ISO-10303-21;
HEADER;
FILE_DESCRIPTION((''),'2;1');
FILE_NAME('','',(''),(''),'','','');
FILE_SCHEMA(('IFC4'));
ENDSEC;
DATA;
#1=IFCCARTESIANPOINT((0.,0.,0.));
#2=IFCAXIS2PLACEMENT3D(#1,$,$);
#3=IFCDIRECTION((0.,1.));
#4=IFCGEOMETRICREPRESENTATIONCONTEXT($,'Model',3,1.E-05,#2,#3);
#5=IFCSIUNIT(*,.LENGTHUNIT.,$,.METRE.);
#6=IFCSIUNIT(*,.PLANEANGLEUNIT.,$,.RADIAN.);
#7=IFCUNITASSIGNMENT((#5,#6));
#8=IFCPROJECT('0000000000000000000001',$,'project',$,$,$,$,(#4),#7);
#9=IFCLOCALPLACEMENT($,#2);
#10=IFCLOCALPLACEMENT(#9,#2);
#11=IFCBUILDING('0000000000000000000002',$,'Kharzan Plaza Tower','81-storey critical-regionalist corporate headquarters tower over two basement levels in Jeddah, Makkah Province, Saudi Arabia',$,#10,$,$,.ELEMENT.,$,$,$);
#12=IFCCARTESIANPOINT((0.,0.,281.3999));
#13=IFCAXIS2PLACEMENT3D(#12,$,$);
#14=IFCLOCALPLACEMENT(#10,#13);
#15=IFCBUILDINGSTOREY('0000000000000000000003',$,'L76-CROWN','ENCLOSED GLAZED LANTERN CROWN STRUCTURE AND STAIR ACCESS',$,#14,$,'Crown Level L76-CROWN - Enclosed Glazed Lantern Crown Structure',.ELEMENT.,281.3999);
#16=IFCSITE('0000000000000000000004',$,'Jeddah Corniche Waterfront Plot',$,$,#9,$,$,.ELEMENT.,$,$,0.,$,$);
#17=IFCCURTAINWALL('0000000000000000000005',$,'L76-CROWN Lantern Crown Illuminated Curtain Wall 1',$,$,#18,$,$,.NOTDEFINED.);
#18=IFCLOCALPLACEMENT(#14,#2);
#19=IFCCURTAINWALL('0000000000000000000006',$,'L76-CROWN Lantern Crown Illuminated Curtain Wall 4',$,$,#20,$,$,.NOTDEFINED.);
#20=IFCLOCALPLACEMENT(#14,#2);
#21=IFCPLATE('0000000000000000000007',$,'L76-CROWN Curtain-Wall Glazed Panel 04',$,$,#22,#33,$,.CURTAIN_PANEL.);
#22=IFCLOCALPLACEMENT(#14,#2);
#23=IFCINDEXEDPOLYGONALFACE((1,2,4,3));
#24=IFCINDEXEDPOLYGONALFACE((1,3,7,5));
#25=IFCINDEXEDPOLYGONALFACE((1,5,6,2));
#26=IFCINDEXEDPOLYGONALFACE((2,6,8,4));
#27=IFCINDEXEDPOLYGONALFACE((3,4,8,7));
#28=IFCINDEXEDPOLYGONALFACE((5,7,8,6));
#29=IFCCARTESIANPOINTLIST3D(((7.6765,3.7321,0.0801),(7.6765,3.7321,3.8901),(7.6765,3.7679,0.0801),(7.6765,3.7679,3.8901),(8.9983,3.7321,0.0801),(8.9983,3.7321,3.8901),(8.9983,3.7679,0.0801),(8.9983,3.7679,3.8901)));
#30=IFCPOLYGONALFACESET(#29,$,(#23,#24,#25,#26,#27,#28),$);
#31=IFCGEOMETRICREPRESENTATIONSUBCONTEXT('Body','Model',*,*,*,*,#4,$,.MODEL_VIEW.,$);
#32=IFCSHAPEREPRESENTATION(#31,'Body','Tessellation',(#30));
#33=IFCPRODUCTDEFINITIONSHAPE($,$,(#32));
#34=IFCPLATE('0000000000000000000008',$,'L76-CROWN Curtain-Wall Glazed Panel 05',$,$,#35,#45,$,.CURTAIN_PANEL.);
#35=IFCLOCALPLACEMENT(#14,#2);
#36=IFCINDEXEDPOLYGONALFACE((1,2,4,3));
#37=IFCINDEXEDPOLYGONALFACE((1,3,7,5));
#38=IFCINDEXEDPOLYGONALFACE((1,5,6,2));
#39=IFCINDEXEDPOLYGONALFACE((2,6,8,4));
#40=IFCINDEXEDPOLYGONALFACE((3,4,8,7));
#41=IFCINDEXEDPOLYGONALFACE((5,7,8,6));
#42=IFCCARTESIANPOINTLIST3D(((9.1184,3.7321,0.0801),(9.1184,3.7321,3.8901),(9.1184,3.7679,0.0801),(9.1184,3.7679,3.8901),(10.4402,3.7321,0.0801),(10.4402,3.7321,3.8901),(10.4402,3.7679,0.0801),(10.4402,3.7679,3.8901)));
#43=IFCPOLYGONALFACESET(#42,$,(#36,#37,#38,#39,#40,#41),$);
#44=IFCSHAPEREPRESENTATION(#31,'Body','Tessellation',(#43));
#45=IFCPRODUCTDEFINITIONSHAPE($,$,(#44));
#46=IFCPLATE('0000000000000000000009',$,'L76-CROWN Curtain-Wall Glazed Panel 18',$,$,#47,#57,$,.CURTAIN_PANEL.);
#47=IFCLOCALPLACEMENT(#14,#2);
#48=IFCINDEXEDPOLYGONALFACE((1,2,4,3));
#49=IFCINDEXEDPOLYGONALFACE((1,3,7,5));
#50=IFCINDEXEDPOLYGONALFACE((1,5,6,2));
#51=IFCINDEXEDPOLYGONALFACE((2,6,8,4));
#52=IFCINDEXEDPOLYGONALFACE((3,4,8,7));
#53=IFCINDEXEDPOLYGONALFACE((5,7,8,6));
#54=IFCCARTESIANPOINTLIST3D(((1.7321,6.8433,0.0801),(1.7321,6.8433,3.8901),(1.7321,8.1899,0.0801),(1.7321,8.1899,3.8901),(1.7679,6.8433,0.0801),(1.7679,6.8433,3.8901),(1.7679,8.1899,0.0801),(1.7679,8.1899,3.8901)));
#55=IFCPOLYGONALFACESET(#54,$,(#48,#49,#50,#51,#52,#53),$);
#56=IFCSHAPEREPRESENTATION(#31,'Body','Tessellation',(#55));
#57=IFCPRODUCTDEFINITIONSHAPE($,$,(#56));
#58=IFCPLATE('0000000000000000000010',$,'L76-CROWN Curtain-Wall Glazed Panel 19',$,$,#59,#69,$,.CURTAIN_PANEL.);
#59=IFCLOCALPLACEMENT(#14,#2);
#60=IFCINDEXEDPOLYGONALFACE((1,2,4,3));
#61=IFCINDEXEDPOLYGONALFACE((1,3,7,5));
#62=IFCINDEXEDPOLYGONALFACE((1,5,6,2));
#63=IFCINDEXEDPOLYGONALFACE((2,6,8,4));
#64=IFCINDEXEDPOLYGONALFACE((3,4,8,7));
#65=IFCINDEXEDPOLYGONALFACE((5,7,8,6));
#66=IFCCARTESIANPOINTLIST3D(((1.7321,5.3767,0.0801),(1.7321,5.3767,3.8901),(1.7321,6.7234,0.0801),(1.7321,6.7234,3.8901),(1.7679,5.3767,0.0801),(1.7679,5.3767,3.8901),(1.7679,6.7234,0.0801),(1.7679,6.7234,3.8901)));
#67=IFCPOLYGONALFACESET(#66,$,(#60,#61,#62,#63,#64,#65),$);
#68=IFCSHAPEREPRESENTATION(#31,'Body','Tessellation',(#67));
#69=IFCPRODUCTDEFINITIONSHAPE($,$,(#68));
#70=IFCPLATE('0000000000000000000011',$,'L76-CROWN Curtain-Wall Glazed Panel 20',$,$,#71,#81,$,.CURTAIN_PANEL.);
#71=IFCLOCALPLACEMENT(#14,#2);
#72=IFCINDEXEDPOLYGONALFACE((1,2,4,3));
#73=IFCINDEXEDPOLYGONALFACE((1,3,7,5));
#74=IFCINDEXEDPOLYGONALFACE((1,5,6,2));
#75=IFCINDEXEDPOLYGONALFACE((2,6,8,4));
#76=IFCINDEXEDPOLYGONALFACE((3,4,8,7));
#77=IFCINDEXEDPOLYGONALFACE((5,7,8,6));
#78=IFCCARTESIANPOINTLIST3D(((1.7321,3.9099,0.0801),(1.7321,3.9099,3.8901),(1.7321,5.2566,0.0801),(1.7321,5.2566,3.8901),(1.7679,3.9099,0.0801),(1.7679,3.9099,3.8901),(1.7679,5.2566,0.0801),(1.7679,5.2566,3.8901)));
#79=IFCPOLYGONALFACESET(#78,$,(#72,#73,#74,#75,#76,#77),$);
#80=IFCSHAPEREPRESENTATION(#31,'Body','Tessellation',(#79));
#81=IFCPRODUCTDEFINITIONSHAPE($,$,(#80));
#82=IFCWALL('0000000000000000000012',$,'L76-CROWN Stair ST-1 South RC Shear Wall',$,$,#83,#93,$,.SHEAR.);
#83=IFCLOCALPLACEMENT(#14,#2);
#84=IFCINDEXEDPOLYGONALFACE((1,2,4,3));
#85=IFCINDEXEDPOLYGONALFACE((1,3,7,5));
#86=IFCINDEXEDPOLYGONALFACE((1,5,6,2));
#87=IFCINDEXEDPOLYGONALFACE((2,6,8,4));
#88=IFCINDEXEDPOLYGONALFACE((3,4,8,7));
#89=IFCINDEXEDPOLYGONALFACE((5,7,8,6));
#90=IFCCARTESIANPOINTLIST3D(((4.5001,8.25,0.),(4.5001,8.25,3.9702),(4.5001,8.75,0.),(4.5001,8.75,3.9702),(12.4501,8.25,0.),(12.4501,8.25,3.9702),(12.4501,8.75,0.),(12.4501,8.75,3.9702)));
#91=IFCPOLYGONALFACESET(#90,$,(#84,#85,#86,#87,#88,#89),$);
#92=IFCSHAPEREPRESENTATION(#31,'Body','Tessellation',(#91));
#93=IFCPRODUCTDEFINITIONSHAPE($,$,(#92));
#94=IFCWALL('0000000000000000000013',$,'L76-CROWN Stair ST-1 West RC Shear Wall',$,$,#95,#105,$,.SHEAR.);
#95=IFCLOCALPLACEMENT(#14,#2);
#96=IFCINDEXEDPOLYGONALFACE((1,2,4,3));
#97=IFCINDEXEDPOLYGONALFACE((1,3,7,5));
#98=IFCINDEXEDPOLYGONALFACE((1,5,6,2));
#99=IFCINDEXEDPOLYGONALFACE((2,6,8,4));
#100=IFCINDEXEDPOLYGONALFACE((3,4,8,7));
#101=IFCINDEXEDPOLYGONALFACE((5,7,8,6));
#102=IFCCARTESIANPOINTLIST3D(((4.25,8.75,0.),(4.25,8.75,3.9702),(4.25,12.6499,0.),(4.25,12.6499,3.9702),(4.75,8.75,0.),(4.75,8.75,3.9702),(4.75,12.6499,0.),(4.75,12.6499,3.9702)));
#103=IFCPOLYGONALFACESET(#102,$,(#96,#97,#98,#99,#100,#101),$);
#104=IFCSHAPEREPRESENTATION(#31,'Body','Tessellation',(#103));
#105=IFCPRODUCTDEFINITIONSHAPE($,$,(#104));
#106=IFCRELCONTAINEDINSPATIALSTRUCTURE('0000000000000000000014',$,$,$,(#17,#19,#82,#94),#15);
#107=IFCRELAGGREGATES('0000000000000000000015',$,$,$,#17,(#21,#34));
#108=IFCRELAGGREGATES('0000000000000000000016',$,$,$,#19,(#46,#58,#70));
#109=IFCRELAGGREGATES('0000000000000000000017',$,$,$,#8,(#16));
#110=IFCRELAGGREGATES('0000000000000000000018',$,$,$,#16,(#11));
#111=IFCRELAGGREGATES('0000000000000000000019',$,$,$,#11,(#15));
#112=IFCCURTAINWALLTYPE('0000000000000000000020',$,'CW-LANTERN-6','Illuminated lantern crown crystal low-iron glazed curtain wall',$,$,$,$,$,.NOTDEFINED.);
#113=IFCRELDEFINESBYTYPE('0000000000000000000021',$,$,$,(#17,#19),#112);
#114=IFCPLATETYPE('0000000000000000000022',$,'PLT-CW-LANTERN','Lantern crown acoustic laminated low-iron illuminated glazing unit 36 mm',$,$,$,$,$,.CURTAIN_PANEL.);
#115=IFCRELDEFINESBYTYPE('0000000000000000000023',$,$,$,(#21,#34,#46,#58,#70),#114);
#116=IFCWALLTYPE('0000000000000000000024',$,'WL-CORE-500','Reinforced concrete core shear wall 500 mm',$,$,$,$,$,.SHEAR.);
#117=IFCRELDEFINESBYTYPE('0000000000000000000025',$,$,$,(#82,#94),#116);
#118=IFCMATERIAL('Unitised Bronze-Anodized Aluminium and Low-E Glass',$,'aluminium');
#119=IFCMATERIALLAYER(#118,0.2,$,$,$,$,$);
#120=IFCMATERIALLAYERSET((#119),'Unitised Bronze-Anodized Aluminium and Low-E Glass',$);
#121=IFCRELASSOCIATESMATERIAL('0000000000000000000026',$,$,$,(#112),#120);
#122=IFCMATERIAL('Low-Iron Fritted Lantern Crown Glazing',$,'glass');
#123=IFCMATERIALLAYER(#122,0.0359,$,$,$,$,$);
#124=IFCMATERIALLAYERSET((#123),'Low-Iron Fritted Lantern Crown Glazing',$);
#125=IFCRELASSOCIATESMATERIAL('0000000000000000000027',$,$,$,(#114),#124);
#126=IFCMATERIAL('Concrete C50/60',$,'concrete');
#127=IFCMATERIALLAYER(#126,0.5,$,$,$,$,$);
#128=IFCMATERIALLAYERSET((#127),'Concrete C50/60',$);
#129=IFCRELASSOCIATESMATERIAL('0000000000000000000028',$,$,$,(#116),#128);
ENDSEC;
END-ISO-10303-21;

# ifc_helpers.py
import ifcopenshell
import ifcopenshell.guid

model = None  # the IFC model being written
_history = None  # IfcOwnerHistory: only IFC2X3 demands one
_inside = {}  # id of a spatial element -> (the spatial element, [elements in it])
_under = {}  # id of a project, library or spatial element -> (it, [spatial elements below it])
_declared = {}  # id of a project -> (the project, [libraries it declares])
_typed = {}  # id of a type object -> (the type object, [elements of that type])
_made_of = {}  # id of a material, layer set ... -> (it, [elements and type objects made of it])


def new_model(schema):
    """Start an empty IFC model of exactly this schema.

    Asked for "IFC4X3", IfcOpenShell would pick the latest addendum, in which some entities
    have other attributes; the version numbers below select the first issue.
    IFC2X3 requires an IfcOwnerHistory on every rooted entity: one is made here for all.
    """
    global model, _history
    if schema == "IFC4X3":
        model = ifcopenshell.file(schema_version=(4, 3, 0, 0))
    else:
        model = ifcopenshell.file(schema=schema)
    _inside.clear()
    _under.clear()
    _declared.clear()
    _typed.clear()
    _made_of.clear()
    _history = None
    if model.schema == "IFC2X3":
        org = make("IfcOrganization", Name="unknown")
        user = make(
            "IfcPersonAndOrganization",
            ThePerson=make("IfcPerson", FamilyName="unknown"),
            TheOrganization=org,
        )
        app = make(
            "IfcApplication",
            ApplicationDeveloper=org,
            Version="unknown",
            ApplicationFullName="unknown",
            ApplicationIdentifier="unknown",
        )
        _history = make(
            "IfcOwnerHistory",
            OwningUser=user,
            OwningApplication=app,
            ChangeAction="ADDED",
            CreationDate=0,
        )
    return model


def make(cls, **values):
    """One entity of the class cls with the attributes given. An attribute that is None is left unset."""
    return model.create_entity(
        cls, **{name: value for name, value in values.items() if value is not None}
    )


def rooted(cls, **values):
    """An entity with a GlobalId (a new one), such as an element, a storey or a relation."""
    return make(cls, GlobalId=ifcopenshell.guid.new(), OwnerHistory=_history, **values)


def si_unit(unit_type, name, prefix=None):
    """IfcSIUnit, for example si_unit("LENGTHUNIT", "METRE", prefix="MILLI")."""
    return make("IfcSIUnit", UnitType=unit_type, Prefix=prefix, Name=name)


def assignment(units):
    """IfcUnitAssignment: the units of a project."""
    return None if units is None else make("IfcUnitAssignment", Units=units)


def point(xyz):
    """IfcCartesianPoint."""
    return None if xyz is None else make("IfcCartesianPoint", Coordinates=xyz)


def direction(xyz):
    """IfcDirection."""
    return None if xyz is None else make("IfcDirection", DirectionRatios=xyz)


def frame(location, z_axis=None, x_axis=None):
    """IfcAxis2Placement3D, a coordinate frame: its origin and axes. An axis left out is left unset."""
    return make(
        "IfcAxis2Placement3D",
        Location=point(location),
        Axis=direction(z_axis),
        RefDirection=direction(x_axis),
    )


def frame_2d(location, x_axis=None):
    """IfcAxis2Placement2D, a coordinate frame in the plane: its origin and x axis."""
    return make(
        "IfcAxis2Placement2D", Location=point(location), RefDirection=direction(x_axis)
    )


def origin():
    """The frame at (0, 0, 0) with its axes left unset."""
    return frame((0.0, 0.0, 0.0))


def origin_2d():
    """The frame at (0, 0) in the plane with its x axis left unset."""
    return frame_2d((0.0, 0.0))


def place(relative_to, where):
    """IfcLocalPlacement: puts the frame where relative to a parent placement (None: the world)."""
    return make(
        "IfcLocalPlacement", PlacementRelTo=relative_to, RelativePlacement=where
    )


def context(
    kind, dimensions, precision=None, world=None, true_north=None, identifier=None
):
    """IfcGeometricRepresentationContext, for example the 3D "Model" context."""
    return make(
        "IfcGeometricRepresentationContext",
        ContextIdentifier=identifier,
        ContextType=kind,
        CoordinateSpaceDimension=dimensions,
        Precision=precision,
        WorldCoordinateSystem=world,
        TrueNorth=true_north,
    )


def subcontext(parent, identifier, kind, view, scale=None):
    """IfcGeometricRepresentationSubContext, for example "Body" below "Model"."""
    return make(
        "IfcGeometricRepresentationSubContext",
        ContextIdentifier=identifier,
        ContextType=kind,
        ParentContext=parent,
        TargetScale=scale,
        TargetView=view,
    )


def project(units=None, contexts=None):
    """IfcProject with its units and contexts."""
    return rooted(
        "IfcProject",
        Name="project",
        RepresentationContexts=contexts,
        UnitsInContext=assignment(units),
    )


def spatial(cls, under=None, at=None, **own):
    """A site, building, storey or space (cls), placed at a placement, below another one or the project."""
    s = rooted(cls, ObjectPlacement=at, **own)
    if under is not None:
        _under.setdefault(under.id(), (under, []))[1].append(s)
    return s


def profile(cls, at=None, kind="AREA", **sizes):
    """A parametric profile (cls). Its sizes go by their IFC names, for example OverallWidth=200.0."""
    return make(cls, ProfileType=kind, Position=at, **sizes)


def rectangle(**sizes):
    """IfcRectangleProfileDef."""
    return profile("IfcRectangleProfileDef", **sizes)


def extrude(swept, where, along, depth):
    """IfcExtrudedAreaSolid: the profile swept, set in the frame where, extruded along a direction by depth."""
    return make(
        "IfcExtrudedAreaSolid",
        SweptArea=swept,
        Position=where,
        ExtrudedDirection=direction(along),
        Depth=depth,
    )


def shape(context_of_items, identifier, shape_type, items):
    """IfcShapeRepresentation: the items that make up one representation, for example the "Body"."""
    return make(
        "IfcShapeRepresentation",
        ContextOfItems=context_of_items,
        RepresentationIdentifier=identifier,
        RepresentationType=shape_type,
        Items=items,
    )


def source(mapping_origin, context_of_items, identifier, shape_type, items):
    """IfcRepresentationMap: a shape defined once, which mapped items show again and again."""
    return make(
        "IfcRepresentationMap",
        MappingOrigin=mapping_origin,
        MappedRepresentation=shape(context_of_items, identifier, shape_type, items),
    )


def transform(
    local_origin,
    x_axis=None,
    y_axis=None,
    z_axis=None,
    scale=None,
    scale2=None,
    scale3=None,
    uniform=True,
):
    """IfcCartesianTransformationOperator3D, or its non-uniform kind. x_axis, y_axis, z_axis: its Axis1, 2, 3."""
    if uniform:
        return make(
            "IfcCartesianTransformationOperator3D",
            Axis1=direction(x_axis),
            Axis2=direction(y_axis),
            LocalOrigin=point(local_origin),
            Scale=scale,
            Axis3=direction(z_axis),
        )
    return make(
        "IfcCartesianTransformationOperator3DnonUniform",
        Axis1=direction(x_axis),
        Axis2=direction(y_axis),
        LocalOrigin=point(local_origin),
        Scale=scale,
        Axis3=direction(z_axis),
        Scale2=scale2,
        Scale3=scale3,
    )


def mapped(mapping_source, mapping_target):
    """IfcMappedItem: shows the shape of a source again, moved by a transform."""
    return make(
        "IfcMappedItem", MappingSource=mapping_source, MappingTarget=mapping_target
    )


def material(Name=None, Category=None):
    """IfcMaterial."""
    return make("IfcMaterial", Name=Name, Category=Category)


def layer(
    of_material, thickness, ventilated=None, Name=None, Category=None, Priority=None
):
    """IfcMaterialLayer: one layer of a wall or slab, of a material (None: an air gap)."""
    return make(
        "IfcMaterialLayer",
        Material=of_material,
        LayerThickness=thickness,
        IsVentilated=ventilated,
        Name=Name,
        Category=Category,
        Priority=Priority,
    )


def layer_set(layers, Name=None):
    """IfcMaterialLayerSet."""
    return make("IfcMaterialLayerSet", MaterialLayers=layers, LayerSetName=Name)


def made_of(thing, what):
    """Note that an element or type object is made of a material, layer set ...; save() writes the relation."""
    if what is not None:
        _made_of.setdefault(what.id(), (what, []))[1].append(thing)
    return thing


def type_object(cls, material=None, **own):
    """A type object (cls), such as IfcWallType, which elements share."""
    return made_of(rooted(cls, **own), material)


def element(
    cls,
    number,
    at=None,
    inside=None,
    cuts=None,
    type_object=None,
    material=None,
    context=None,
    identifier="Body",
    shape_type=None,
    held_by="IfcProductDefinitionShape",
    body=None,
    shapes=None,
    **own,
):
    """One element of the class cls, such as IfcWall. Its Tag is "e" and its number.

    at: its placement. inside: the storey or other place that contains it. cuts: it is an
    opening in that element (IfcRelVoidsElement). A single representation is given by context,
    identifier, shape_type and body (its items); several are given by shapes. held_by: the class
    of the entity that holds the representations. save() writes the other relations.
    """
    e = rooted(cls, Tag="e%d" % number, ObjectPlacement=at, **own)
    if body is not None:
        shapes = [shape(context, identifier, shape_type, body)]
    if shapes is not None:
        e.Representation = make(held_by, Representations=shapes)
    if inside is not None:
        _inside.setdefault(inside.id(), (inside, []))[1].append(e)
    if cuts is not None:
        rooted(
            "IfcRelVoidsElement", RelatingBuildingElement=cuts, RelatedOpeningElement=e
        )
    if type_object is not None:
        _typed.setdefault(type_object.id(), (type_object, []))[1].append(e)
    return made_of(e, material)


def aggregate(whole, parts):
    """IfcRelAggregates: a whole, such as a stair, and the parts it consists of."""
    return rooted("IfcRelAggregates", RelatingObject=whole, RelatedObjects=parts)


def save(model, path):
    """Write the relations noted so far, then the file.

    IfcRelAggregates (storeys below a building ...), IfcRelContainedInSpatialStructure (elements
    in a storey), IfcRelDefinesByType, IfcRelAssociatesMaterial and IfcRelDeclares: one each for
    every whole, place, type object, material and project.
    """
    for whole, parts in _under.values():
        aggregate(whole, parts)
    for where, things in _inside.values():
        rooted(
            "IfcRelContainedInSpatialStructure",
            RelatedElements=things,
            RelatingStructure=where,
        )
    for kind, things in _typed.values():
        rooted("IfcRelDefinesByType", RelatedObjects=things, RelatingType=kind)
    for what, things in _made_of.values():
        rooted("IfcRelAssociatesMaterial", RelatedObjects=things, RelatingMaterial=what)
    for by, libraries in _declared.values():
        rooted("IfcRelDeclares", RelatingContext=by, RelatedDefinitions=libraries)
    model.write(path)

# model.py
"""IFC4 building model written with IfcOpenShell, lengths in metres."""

from ifc_helpers import new_model, si_unit, direction, frame, frame_2d, origin, origin_2d, place, context, subcontext, project, spatial, rectangle, extrude, source, transform, mapped, material, layer, layer_set, type_object, element, aggregate, save


model = new_model("IFC4")

# Units and contexts
model_context = context("Model", 3, precision=1e-05, world=origin(), true_north=direction((0.0, 1.0)))
body_context = subcontext(model_context, "Body", "Model", "MODEL_VIEW")
ifc_project = project(units=[si_unit("LENGTHUNIT", "METRE"), si_unit("PLANEANGLEUNIT", "RADIAN")], contexts=[model_context])

# Site, building, storey
site_placement = place(None, origin())
site = spatial("IfcSite", under=ifc_project, at=site_placement, Name="Jeddah Corniche Waterfront Plot", CompositionType="ELEMENT", RefElevation=0.0)
building_placement = place(site_placement, origin())
building = spatial("IfcBuilding", under=site, at=building_placement, Name="Kharzan Plaza Tower", Description="81-storey critical-regionalist corporate headquarters tower over two basement levels in Jeddah, Makkah Province, Saudi Arabia", CompositionType="ELEMENT")
storey_placement = place(building_placement, frame((0.0, 0.0, 281.3999)))
storey = spatial("IfcBuildingStorey", under=building, at=storey_placement, Name="L76-CROWN", Description="ENCLOSED GLAZED LANTERN CROWN STRUCTURE AND STAIR ACCESS", LongName="Crown Level L76-CROWN - Enclosed Glazed Lantern Crown Structure", CompositionType="ELEMENT", Elevation=281.3999)

# Curtain walls
ifc_material_1 = material(Name="Unitised Bronze-Anodized Aluminium and Low-E Glass", Category="aluminium")
ifc_layer_1 = layer(ifc_material_1, 0.2)
ifc_layer_set_1 = layer_set([ifc_layer_1], Name="Unitised Bronze-Anodized Aluminium and Low-E Glass")
curtain_wall_type = type_object("IfcCurtainWallType", Name="CW-LANTERN-6", Description="Illuminated lantern crown crystal low-iron glazed curtain wall", PredefinedType="NOTDEFINED", material=ifc_layer_set_1)
curtain_wall_1_placement = place(storey_placement, origin())
curtain_wall_1 = element("IfcCurtainWall", 1, at=curtain_wall_1_placement, inside=storey, type_object=curtain_wall_type, Name="L76-CROWN Lantern Crown Illuminated Curtain Wall 1", PredefinedType="NOTDEFINED")
curtain_wall_2_placement = place(storey_placement, origin())
curtain_wall_2 = element("IfcCurtainWall", 2, at=curtain_wall_2_placement, inside=storey, type_object=curtain_wall_type, Name="L76-CROWN Lantern Crown Illuminated Curtain Wall 4", PredefinedType="NOTDEFINED")

# Plates
ifc_material_2 = material(Name="Low-Iron Fritted Lantern Crown Glazing", Category="glass")
ifc_layer_2 = layer(ifc_material_2, 0.0359)
ifc_layer_set_2 = layer_set([ifc_layer_2], Name="Low-Iron Fritted Lantern Crown Glazing")
plate_type = type_object("IfcPlateType", Name="PLT-CW-LANTERN", Description="Lantern crown acoustic laminated low-iron illuminated glazing unit 36 mm", PredefinedType="CURTAIN_PANEL", material=ifc_layer_set_2)
shared_shape_1 = source(origin(), body_context, "Body", "SweptSolid", [
    extrude(rectangle(XDim=1.3218, YDim=0.0359, at=origin_2d()), origin(), (0.0, 0.0, 1.0), 3.8101),
])
plate_1_placement = place(storey_placement, frame((8.3374, 3.75, 0.0801), z_axis=(0.0, 0.0, 1.0), x_axis=(1.0, 0.0, 0.0)))
plate_1 = element("IfcPlate", 3, at=plate_1_placement, type_object=plate_type, Name="L76-CROWN Curtain-Wall Glazed Panel 04", PredefinedType="CURTAIN_PANEL", context=body_context, shape_type="MappedRepresentation", body=[
    mapped(shared_shape_1, transform((0.0, 0.0, 0.0), x_axis=(1.0, 0.0, 0.0), y_axis=(0.0, 1.0, 0.0), z_axis=(0.0, 0.0, 1.0))),
])
plate_2_placement = place(storey_placement, frame((9.7793, 3.75, 0.0801), z_axis=(0.0, 0.0, 1.0), x_axis=(1.0, 0.0, 0.0)))
plate_2 = element("IfcPlate", 4, at=plate_2_placement, type_object=plate_type, Name="L76-CROWN Curtain-Wall Glazed Panel 05", PredefinedType="CURTAIN_PANEL", context=body_context, shape_type="MappedRepresentation", body=[
    mapped(shared_shape_1, transform((0.0, 0.0, 0.0), x_axis=(1.0, 0.0, 0.0), y_axis=(0.0, 1.0, 0.0), z_axis=(0.0, 0.0, 1.0))),
])
aggregate(curtain_wall_1, [plate_1, plate_2])
shared_shape_2 = source(origin(), body_context, "Body", "SweptSolid", [
    extrude(rectangle(XDim=1.3467, YDim=0.0359, at=origin_2d()), origin(), (0.0, 0.0, 1.0), 3.8101),
])
plate_3_placement = place(storey_placement, frame((1.75, 7.5166, 0.0801), z_axis=(0.0, 0.0, 1.0), x_axis=(0.0, -1.0, 0.0)))
plate_3 = element("IfcPlate", 5, at=plate_3_placement, type_object=plate_type, Name="L76-CROWN Curtain-Wall Glazed Panel 18", PredefinedType="CURTAIN_PANEL", context=body_context, shape_type="MappedRepresentation", body=[
    mapped(shared_shape_2, transform((0.0, 0.0, 0.0), x_axis=(1.0, 0.0, 0.0), y_axis=(0.0, 1.0, 0.0), z_axis=(0.0, 0.0, 1.0))),
])
plate_4_placement = place(storey_placement, frame((1.75, 6.05, 0.0801), z_axis=(0.0, 0.0, 1.0), x_axis=(0.0, -1.0, 0.0)))
plate_4 = element("IfcPlate", 6, at=plate_4_placement, type_object=plate_type, Name="L76-CROWN Curtain-Wall Glazed Panel 19", PredefinedType="CURTAIN_PANEL", context=body_context, shape_type="MappedRepresentation", body=[
    mapped(shared_shape_2, transform((0.0, 0.0, 0.0), x_axis=(1.0, 0.0, 0.0), y_axis=(0.0, 1.0, 0.0), z_axis=(0.0, 0.0, 1.0))),
])
plate_5_placement = place(storey_placement, frame((1.75, 4.5833, 0.0801), z_axis=(0.0, 0.0, 1.0), x_axis=(0.0, -1.0, 0.0)))
plate_5 = element("IfcPlate", 7, at=plate_5_placement, type_object=plate_type, Name="L76-CROWN Curtain-Wall Glazed Panel 20", PredefinedType="CURTAIN_PANEL", context=body_context, shape_type="MappedRepresentation", body=[
    mapped(shared_shape_2, transform((0.0, 0.0, 0.0), x_axis=(1.0, 0.0, 0.0), y_axis=(0.0, 1.0, 0.0), z_axis=(0.0, 0.0, 1.0))),
])
aggregate(curtain_wall_2, [plate_3, plate_4, plate_5])

# Walls
ifc_material_3 = material(Name="Concrete C50/60", Category="concrete")
ifc_layer_3 = layer(ifc_material_3, 0.5)
ifc_layer_set_3 = layer_set([ifc_layer_3], Name="Concrete C50/60")
wall_type = type_object("IfcWallType", Name="WL-CORE-500", Description="Reinforced concrete core shear wall 500 mm", PredefinedType="SHEAR", material=ifc_layer_set_3)
shared_shape_3 = source(origin(), body_context, "Body", "SweptSolid", [
    extrude(rectangle(XDim=7.95, YDim=0.5, at=frame_2d((3.9751, 0.0))), origin(), (0.0, 0.0, 1.0), 3.9702),
])
wall_1_placement = place(storey_placement, frame((4.5, 8.5, 0.0), z_axis=(0.0, 0.0, 1.0), x_axis=(1.0, 0.0, 0.0)))
element("IfcWall", 8, at=wall_1_placement, inside=storey, type_object=wall_type, Name="L76-CROWN Stair ST-1 South RC Shear Wall", PredefinedType="SHEAR", context=body_context, shape_type="MappedRepresentation", body=[
    mapped(shared_shape_3, transform((0.0, 0.0, 0.0), x_axis=(1.0, 0.0, 0.0), y_axis=(0.0, 1.0, 0.0), z_axis=(0.0, 0.0, 1.0))),
])
shared_shape_4 = source(origin(), body_context, "Body", "SweptSolid", [
    extrude(rectangle(XDim=3.8999, YDim=0.5, at=frame_2d((1.95, 0.0))), origin(), (0.0, 0.0, 1.0), 3.9702),
])
wall_2_placement = place(storey_placement, frame((4.5, 8.75, 0.0), z_axis=(0.0, 0.0, 1.0), x_axis=(0.0, 1.0, 0.0)))
element("IfcWall", 9, at=wall_2_placement, inside=storey, type_object=wall_type, Name="L76-CROWN Stair ST-1 West RC Shear Wall", PredefinedType="SHEAR", context=body_context, shape_type="MappedRepresentation", body=[
    mapped(shared_shape_4, transform((0.0, 0.0, 0.0), x_axis=(1.0, 0.0, 0.0), y_axis=(0.0, 1.0, 0.0), z_axis=(0.0, 0.0, 1.0))),
])

save(model, "model.ifc")
